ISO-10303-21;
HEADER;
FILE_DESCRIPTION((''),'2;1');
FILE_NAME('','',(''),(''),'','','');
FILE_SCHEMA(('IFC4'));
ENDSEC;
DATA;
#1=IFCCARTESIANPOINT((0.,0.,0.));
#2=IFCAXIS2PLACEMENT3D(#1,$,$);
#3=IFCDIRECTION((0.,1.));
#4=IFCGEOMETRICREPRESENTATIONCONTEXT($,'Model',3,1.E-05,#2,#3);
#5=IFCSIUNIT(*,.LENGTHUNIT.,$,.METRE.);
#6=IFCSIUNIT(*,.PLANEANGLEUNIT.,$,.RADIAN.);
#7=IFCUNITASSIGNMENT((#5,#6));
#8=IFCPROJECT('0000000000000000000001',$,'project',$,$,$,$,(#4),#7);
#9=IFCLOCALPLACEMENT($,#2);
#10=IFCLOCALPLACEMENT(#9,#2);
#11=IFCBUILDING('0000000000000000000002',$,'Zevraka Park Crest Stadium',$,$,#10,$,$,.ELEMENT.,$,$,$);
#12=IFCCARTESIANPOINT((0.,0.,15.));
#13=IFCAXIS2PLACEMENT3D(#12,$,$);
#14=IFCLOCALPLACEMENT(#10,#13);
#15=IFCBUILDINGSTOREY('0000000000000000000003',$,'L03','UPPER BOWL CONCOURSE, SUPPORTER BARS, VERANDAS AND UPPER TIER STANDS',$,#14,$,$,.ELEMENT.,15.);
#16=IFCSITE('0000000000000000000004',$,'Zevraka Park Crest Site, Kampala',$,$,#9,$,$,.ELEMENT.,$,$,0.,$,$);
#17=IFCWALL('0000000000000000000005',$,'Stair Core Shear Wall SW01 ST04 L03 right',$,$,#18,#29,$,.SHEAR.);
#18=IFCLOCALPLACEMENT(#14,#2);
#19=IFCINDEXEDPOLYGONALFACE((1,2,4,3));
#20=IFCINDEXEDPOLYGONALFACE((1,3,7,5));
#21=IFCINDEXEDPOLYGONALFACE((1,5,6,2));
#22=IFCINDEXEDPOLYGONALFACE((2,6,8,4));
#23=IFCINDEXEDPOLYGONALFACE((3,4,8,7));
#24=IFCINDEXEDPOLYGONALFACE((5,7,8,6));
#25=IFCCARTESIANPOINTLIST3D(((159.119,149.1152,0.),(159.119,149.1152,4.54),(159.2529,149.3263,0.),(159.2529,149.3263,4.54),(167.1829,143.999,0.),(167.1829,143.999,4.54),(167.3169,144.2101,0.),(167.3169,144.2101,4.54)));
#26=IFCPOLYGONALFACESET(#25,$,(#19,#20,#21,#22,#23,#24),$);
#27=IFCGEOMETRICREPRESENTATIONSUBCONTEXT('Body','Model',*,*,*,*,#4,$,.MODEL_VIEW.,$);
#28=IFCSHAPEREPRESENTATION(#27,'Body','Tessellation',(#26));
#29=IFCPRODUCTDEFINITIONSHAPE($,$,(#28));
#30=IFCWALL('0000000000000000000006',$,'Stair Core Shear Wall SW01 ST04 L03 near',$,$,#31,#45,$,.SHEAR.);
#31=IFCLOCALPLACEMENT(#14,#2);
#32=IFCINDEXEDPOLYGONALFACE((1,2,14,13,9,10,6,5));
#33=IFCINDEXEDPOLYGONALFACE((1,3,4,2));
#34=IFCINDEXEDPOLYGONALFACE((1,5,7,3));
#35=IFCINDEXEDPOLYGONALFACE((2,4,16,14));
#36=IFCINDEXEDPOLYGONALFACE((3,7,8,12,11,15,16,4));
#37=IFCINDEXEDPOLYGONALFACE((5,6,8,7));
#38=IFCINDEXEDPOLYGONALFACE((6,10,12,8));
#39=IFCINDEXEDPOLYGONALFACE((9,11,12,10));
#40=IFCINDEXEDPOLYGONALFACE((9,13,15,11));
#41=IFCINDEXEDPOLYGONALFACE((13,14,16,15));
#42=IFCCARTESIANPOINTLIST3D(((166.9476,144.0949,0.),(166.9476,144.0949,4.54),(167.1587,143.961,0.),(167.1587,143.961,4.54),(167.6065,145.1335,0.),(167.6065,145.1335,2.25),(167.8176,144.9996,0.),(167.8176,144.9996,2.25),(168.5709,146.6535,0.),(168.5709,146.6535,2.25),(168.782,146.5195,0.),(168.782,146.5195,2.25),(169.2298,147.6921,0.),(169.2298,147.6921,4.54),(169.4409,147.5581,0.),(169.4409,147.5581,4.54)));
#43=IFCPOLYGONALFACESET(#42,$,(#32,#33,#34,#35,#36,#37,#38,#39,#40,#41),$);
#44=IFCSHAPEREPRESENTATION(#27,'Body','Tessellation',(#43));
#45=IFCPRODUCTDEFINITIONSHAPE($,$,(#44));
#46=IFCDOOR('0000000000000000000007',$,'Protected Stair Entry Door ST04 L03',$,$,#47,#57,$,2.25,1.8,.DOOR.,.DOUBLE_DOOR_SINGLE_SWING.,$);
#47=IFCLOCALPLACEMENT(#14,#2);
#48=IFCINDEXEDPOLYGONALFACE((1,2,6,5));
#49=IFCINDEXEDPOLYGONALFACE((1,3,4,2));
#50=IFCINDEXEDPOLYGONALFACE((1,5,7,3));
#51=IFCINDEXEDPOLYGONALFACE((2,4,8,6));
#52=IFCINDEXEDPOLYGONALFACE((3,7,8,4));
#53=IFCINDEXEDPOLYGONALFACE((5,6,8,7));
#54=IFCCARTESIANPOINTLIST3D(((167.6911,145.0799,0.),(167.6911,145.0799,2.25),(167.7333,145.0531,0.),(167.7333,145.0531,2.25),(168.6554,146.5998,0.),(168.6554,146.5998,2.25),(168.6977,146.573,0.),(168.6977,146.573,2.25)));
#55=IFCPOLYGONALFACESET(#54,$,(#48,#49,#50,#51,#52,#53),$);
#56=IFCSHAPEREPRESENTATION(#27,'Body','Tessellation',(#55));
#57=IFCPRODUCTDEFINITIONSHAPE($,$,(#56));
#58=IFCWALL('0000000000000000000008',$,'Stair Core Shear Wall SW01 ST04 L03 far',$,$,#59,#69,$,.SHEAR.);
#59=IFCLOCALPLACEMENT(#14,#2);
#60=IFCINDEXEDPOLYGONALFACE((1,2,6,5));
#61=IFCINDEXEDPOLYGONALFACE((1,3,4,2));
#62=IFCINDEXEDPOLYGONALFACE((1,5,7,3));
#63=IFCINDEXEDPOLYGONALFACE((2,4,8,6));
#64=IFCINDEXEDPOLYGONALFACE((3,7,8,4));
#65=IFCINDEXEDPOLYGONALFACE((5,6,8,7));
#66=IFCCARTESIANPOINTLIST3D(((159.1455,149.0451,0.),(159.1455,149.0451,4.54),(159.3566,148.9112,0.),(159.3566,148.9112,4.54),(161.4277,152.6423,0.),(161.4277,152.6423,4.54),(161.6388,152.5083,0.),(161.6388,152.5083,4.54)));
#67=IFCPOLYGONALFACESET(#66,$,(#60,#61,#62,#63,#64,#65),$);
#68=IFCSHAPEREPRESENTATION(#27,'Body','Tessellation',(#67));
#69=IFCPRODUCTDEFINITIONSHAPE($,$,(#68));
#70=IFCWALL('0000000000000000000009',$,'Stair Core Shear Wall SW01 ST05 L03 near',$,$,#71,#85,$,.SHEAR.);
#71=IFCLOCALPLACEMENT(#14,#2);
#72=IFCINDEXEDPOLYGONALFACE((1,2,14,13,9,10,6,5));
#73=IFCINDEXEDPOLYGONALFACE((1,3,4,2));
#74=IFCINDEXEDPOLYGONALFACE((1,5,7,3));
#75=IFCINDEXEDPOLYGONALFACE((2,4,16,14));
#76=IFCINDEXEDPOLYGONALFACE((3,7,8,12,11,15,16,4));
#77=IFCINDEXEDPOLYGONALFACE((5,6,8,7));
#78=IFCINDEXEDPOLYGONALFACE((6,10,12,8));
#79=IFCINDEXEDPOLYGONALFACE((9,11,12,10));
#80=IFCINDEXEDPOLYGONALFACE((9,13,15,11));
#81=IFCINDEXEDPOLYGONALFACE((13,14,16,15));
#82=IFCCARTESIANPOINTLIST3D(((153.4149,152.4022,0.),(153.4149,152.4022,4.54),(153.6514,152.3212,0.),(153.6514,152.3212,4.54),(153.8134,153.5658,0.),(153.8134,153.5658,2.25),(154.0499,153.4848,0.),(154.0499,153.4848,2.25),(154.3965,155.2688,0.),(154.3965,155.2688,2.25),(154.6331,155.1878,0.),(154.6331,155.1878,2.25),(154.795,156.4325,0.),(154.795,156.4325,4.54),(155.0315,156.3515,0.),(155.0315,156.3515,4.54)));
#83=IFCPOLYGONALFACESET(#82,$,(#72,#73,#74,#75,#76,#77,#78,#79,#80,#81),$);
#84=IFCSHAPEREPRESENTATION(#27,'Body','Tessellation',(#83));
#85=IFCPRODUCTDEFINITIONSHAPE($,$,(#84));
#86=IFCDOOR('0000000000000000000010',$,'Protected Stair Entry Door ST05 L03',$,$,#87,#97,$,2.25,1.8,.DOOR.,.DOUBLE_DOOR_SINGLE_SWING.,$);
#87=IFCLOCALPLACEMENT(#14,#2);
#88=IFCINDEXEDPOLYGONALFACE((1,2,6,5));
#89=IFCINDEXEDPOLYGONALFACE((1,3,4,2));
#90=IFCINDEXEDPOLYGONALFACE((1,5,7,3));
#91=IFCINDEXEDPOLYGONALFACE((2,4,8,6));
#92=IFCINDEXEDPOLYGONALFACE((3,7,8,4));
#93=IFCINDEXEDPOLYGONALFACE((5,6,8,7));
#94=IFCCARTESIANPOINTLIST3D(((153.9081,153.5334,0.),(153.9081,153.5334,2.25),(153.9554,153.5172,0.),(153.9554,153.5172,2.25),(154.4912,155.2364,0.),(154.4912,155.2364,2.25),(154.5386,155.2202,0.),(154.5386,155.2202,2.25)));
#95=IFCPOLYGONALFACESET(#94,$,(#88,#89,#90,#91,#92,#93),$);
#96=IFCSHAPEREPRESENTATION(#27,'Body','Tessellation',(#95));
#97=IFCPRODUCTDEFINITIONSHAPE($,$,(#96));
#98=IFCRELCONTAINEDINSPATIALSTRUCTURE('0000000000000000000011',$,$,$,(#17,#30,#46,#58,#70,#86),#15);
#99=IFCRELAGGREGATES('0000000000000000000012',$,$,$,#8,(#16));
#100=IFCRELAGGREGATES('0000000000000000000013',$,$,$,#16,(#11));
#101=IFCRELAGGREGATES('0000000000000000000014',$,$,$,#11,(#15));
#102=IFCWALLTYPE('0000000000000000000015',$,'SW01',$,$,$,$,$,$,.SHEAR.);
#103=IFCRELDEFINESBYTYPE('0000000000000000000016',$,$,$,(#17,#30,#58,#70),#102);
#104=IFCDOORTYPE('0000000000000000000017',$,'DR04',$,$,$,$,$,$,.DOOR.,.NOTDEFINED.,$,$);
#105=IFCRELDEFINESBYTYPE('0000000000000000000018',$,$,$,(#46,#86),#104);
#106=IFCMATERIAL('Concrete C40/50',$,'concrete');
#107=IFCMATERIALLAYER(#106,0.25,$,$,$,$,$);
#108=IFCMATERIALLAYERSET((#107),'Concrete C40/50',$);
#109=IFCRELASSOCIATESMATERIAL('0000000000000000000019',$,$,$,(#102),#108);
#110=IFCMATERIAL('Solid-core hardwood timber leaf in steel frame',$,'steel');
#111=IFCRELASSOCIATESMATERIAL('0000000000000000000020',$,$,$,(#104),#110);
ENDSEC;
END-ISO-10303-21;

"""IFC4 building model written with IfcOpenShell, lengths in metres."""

from ifc_helpers import new_model, si_unit, direction, frame, frame_2d, origin, place, context, subcontext, project, spatial, rectangle, extrude, material, layer, layer_set, type_object, element, fill, save


model = new_model("IFC4")

# Units and contexts
model_context = context("Model", 3, precision=1e-05, world=origin(), true_north=direction((0.0, 1.0)))
body_context = subcontext(model_context, "Body", "Model", "MODEL_VIEW")
ifc_project = project(units=[si_unit("LENGTHUNIT", "METRE"), si_unit("PLANEANGLEUNIT", "RADIAN")], contexts=[model_context])

# Site, building, storey
site_placement = place(None, origin())
site = spatial("IfcSite", under=ifc_project, at=site_placement, Name="Zevraka Park Crest Site, Kampala", CompositionType="ELEMENT", RefElevation=0.0)
building_placement = place(site_placement, origin())
building = spatial("IfcBuilding", under=site, at=building_placement, Name="Zevraka Park Crest Stadium", CompositionType="ELEMENT")
storey_placement = place(building_placement, frame((0.0, 0.0, 15.0)))
storey = spatial("IfcBuildingStorey", under=building, at=storey_placement, Name="L03", Description="UPPER BOWL CONCOURSE, SUPPORTER BARS, VERANDAS AND UPPER TIER STANDS", CompositionType="ELEMENT", Elevation=15.0)

# Wall
ifc_material_1 = material(Name="Concrete C40/50", Category="concrete")
ifc_layer_1 = layer(ifc_material_1, 0.25)
ifc_layer_set_1 = layer_set([ifc_layer_1], Name="Concrete C40/50")
wall_type = type_object("IfcWallType", Name="SW01", PredefinedType="SHEAR", material=ifc_layer_set_1)
for number, where, z_axis, x_axis, name in (
    (1, (159.186, 149.2207, 0.0), (0.0, 0.0, 1.0), (0.844391, -0.535727, 0.0), "Stair Core Shear Wall SW01 ST04 L03 right"),
):
    element("IfcWall", number, at=place(storey_placement, frame(where, z_axis=z_axis, x_axis=x_axis)), inside=storey, type_object=wall_type, Name=name, PredefinedType="SHEAR", context=body_context, shape_type="SweptSolid", body=[
        extrude(rectangle(XDim=9.55, YDim=0.25, at=frame_2d((4.7749, 0.0))), origin(), (0.0, 0.0, 1.0), 4.54),
    ])

# Wall, opening, door
wall_1_placement = place(storey_placement, frame((167.0532, 144.0281, 0.0), z_axis=(0.0, 0.0, 1.0), x_axis=(0.535725, 0.844392, 0.0)))
wall_1 = element("IfcWall", 2, at=wall_1_placement, inside=storey, type_object=wall_type, Name="Stair Core Shear Wall SW01 ST04 L03 near", PredefinedType="SHEAR", context=body_context, shape_type="SweptSolid", body=[
    extrude(rectangle(XDim=4.26, YDim=0.25, at=frame_2d((2.1299, 0.0))), origin(), (0.0, 0.0, 1.0), 4.54),
])
opening_1_placement = place(wall_1_placement, frame((1.23, 0.0, 0.0)))
opening_1 = element("IfcOpeningElement", 3, at=opening_1_placement, cuts=wall_1, PredefinedType="OPENING", context=body_context, shape_type="SweptSolid", body=[
    extrude(rectangle(XDim=1.8, YDim=2.25, at=frame_2d((0.8999, 1.125))), frame((0.0, 0.135, 0.0), z_axis=(0.0, -1.0, 0.0), x_axis=(1.0, 0.0, 0.0)), (0.0, 0.0, 1.0), 0.27),
])
ifc_material_2 = material(Name="Solid-core hardwood timber leaf in steel frame", Category="steel")
door_type = type_object("IfcDoorType", Name="DR04", OperationType="NOTDEFINED", PredefinedType="DOOR", material=ifc_material_2)
door_1_placement = place(opening_1_placement, origin())
door_1 = element("IfcDoor", 4, at=door_1_placement, inside=storey, type_object=door_type, Name="Protected Stair Entry Door ST04 L03", OperationType="DOUBLE_DOOR_SINGLE_SWING", OverallHeight=2.25, OverallWidth=1.8, PredefinedType="DOOR", context=body_context, shape_type="SweptSolid", body=[
    extrude(rectangle(XDim=1.8, YDim=2.25, at=frame_2d((0.8999, 1.125))), frame((0.0, 0.0249, 0.0), z_axis=(0.0, -1.0, 0.0), x_axis=(1.0, 0.0, 0.0)), (0.0, 0.0, 1.0), 0.05),
])
fill(opening_1, door_1)

# Wall
wall_2_placement = place(storey_placement, frame((161.5332, 152.5752, 0.0), z_axis=(0.0, 0.0, 1.0), x_axis=(-0.535725, -0.844392, 0.0)))
element("IfcWall", 5, at=wall_2_placement, inside=storey, type_object=wall_type, Name="Stair Core Shear Wall SW01 ST04 L03 far", PredefinedType="SHEAR", context=body_context, shape_type="SweptSolid", body=[
    extrude(rectangle(XDim=4.26, YDim=0.25, at=frame_2d((2.1299, 0.0))), origin(), (0.0, 0.0, 1.0), 4.54),
])

# Wall, opening, door
wall_3_placement = place(storey_placement, frame((153.5332, 152.3618, 0.0), z_axis=(0.0, 0.0, 1.0), x_axis=(0.323971, 0.946067, 0.0)))
wall_3 = element("IfcWall", 6, at=wall_3_placement, inside=storey, type_object=wall_type, Name="Stair Core Shear Wall SW01 ST05 L03 near", PredefinedType="SHEAR", context=body_context, shape_type="SweptSolid", body=[
    extrude(rectangle(XDim=4.26, YDim=0.25, at=frame_2d((2.1299, 0.0))), origin(), (0.0, 0.0, 1.0), 4.54),
])
opening_2_placement = place(wall_3_placement, frame((1.23, 0.0, 0.0)))
opening_2 = element("IfcOpeningElement", 7, at=opening_2_placement, cuts=wall_3, PredefinedType="OPENING", context=body_context, shape_type="SweptSolid", body=[
    extrude(rectangle(XDim=1.8, YDim=2.25, at=frame_2d((0.8999, 1.125))), frame((0.0, 0.135, 0.0), z_axis=(0.0, -1.0, 0.0), x_axis=(1.0, 0.0, 0.0)), (0.0, 0.0, 1.0), 0.27),
])
door_2_placement = place(opening_2_placement, origin())
door_2 = element("IfcDoor", 8, at=door_2_placement, inside=storey, type_object=door_type, Name="Protected Stair Entry Door ST05 L03", OperationType="DOUBLE_DOOR_SINGLE_SWING", OverallHeight=2.25, OverallWidth=1.8, PredefinedType="DOOR", context=body_context, shape_type="SweptSolid", body=[
    extrude(rectangle(XDim=1.8, YDim=2.25, at=frame_2d((0.8999, 1.125))), frame((0.0, 0.0249, 0.0), z_axis=(0.0, -1.0, 0.0), x_axis=(1.0, 0.0, 0.0)), (0.0, 0.0, 1.0), 0.05),
])
fill(opening_2, door_2)

save(model, "model.ifc")
